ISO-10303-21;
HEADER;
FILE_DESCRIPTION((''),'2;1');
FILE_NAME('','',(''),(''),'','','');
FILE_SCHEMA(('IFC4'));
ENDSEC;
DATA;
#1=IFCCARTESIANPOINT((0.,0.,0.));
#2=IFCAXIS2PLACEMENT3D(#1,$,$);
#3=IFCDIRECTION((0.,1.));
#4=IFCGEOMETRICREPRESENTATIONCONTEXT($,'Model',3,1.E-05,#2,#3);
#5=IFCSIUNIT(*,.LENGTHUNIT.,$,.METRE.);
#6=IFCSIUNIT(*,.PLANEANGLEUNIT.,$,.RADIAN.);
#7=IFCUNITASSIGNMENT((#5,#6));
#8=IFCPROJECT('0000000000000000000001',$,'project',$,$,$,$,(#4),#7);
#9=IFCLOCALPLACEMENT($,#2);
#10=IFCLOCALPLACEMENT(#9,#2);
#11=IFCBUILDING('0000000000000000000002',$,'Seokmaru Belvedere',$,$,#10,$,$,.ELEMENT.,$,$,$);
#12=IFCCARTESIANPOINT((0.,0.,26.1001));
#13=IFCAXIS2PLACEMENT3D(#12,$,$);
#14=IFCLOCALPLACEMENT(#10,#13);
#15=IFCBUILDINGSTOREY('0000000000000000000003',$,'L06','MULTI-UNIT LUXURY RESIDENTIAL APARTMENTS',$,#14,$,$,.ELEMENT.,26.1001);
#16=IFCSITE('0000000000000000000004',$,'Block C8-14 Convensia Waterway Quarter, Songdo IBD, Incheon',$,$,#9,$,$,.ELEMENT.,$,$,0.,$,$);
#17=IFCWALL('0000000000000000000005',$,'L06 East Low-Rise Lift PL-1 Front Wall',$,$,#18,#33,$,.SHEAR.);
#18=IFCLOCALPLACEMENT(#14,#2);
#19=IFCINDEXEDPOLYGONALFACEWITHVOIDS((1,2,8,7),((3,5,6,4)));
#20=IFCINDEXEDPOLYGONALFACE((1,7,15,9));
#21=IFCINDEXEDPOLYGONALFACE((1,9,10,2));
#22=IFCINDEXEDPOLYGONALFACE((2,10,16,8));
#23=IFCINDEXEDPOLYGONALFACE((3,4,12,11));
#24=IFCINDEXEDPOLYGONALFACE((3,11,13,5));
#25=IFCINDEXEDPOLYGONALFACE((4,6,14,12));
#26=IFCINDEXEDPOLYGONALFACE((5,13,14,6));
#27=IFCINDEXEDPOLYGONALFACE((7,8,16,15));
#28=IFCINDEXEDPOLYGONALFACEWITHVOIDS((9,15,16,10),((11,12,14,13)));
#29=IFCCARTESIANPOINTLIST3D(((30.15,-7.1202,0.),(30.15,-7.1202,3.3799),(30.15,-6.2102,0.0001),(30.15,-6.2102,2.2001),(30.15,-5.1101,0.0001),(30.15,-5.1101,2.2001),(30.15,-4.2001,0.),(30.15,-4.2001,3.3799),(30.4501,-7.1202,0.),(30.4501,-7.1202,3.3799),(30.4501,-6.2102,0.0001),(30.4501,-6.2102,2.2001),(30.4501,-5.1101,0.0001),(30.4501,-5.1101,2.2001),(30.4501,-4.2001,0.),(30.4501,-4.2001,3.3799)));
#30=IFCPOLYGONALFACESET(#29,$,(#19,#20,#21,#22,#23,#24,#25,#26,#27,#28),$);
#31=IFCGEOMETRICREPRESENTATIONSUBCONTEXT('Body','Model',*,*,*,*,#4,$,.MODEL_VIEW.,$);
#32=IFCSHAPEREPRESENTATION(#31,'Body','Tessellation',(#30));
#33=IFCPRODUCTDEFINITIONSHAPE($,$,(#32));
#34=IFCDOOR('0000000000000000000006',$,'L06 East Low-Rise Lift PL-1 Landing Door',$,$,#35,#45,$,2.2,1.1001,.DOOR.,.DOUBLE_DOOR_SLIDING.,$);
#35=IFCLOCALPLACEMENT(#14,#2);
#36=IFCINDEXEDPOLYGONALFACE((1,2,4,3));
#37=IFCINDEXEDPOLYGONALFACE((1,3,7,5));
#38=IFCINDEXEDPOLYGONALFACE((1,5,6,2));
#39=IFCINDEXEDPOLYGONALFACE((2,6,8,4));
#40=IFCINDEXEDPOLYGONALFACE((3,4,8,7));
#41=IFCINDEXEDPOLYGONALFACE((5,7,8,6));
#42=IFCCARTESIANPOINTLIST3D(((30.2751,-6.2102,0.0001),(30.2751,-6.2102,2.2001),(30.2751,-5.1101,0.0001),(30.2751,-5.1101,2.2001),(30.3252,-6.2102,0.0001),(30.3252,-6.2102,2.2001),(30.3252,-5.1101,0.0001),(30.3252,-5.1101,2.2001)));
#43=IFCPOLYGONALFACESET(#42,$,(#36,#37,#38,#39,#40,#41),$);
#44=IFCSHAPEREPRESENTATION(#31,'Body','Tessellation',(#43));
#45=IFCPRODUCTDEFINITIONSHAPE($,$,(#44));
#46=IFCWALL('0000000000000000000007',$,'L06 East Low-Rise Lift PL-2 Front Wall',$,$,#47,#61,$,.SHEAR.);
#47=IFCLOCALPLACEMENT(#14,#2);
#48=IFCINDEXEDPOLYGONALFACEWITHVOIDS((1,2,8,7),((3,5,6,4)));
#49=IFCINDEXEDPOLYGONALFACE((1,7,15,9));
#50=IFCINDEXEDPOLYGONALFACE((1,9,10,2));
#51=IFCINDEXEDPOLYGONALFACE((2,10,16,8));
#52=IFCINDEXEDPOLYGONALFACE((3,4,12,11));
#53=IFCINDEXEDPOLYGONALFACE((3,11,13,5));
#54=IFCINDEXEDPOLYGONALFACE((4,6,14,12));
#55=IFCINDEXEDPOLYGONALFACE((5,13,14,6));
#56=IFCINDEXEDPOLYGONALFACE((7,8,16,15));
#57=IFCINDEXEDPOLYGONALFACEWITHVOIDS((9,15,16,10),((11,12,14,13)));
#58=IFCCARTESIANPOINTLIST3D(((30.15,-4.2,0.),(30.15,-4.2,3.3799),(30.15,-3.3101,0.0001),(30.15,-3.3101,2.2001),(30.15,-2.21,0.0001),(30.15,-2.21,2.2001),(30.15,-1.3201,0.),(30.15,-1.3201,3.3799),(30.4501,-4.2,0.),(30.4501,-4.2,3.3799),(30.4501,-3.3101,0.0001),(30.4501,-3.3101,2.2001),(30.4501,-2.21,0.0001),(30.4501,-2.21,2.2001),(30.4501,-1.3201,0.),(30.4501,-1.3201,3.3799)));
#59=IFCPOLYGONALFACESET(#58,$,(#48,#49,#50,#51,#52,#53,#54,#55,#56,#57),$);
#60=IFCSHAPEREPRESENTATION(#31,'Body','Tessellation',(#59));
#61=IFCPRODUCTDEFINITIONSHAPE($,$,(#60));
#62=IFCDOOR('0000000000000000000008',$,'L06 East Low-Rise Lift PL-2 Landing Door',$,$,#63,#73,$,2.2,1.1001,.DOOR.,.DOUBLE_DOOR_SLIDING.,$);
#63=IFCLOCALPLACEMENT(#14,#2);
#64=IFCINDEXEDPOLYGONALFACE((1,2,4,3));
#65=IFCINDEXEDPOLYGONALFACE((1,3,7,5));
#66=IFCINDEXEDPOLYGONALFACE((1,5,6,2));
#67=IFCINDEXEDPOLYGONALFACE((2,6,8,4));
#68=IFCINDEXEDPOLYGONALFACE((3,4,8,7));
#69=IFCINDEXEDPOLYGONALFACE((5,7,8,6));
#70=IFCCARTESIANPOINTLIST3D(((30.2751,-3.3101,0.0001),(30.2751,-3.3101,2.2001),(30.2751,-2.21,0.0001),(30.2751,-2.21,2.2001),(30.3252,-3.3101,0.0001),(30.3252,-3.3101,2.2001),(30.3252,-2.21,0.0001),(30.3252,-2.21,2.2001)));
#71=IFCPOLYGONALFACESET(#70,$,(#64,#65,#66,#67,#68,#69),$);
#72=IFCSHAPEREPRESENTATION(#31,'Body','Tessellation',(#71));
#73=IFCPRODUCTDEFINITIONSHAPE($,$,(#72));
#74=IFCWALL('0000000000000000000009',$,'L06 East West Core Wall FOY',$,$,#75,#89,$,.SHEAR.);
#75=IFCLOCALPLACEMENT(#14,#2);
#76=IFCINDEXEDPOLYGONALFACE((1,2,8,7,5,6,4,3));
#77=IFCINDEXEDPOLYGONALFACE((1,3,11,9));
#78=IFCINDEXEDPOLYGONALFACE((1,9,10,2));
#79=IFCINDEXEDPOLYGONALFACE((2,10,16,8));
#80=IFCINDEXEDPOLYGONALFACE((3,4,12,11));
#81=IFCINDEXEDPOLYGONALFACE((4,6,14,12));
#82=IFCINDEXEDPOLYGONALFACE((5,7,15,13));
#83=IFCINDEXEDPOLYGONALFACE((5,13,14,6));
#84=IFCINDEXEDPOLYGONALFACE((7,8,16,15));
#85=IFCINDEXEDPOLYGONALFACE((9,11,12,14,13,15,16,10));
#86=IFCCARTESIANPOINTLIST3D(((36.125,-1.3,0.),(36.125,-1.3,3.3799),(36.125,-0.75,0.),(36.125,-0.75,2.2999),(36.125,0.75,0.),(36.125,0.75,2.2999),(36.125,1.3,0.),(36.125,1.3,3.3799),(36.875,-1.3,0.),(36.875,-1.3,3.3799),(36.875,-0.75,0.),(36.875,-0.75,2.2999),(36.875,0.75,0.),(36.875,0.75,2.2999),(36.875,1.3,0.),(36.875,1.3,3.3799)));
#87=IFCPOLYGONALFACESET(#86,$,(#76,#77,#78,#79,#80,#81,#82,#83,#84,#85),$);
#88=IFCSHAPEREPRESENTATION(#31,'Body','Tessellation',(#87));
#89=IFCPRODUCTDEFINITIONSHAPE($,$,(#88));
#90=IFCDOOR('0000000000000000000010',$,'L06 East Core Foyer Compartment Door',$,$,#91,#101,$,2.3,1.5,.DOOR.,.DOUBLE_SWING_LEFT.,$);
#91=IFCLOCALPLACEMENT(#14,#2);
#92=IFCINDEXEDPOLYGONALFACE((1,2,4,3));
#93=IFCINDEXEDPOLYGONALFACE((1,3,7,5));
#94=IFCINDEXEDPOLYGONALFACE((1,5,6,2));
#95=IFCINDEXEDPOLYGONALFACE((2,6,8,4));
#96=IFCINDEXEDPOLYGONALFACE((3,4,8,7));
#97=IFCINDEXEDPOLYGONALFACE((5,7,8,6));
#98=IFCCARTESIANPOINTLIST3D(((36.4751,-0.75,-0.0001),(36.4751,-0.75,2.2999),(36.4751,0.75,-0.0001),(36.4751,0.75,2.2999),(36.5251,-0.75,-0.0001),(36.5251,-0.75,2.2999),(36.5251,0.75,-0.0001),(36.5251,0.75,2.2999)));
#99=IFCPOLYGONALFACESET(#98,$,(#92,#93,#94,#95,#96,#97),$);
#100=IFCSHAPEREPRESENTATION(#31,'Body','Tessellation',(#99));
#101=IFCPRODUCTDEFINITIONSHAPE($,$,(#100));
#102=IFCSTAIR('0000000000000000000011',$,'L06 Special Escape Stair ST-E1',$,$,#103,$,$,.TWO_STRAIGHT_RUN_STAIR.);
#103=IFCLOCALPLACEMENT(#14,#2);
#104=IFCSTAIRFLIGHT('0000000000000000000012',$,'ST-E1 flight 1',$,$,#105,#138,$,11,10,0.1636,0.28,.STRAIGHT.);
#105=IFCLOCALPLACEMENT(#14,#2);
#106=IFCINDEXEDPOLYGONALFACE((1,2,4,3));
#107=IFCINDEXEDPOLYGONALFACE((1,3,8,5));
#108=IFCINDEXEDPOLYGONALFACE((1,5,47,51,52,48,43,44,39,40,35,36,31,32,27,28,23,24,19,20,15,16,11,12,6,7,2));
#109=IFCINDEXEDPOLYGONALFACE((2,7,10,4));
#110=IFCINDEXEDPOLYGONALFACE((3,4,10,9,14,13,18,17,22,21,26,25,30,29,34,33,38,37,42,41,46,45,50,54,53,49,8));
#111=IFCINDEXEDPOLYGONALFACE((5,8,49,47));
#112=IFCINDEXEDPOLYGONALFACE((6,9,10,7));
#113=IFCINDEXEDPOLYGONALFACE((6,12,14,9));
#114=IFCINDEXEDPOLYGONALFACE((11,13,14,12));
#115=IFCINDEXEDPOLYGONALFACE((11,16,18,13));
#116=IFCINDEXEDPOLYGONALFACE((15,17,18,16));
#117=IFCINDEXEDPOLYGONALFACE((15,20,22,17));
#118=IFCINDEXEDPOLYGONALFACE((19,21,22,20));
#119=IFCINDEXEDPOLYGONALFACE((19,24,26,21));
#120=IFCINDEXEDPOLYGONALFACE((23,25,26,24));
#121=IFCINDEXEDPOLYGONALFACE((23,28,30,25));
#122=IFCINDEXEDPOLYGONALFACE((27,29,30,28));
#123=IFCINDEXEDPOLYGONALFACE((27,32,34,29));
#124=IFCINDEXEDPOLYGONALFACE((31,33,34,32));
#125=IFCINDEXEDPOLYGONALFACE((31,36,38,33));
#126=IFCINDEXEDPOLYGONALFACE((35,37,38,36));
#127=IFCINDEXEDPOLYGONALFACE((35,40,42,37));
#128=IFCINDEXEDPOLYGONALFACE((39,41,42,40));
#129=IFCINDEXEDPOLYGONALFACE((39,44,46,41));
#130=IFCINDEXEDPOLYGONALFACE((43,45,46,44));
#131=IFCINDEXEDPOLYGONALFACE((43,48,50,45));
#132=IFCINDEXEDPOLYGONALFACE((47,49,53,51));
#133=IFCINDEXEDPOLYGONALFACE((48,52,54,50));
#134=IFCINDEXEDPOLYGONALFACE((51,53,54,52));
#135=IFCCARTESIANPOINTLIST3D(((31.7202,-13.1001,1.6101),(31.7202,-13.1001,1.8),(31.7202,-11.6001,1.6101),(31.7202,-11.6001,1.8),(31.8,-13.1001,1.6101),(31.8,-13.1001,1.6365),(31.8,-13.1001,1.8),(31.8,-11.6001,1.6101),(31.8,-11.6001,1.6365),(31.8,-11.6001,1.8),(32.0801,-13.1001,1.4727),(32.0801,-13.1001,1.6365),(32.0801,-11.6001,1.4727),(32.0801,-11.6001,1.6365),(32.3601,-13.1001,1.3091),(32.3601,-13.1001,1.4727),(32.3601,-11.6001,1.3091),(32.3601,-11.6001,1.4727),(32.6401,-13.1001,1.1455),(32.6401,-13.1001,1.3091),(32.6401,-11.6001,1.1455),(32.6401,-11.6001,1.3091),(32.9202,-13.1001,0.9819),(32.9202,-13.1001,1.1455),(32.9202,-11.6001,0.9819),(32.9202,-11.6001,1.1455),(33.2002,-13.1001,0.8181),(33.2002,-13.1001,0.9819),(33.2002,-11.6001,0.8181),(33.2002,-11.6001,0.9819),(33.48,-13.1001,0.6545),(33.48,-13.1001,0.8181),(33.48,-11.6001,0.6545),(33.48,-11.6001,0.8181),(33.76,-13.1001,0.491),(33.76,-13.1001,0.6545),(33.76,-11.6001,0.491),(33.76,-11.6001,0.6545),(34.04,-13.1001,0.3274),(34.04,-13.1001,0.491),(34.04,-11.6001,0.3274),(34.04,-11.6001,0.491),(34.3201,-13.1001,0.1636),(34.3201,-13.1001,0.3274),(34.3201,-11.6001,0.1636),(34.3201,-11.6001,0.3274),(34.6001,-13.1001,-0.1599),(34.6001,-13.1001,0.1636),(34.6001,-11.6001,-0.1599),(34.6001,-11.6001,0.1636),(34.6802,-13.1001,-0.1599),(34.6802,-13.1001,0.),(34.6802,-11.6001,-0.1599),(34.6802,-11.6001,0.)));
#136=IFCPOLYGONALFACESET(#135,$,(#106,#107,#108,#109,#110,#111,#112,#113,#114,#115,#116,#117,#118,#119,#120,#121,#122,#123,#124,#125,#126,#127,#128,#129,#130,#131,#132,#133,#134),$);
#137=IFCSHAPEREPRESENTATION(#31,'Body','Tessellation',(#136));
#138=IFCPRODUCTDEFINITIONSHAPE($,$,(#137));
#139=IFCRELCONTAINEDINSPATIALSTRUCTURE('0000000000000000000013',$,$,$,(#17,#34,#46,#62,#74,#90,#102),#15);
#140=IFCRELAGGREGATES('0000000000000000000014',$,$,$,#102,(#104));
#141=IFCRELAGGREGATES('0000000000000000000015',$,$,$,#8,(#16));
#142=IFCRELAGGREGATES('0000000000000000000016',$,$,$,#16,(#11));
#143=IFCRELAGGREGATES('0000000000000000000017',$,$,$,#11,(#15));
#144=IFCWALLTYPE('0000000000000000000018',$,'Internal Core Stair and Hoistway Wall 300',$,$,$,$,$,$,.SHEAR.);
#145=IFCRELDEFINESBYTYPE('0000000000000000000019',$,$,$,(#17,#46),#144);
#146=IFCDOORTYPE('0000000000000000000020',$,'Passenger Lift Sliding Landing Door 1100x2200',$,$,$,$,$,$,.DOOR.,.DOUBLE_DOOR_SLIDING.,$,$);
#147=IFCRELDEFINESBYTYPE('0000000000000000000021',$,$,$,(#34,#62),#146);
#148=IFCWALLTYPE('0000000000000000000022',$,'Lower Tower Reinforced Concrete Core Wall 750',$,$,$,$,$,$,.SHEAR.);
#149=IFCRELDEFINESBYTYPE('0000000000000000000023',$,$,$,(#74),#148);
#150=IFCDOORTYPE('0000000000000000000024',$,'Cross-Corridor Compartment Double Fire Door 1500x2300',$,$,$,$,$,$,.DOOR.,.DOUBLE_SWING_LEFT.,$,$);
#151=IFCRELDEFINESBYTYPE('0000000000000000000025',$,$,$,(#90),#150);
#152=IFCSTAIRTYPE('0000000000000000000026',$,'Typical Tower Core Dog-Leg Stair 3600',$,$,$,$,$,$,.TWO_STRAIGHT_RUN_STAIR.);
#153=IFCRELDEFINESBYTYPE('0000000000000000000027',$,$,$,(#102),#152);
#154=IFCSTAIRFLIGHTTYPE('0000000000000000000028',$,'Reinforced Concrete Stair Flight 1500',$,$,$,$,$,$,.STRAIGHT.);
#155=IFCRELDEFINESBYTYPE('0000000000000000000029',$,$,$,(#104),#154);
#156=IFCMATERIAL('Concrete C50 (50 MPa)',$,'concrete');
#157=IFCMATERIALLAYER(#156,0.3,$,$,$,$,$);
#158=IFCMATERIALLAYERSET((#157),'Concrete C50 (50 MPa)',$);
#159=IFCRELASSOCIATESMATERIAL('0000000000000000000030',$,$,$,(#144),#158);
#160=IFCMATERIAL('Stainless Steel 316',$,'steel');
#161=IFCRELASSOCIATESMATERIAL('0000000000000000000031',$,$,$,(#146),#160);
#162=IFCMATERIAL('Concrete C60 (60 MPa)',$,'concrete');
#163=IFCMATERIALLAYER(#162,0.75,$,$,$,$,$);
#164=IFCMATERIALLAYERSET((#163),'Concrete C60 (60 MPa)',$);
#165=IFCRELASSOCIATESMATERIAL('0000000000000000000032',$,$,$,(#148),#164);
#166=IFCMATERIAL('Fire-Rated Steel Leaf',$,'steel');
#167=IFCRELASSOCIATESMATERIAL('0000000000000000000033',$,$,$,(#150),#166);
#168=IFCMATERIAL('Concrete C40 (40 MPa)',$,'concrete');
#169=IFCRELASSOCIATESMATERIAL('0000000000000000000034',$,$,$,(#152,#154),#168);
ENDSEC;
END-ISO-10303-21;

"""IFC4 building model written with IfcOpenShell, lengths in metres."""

from ifc_helpers import new_model, si_unit, direction, frame, frame_2d, origin, place, context, subcontext, project, spatial, polyline, rectangle, outline, extrude, source, transform, mapped, material, layer, layer_set, type_object, type_shapes, element, fill, aggregate, save


model = new_model("IFC4")

# Units and contexts
model_context = context("Model", 3, precision=1e-05, world=origin(), true_north=direction((0.0, 1.0)))
body_context = subcontext(model_context, "Body", "Model", "MODEL_VIEW")
ifc_project = project(units=[si_unit("LENGTHUNIT", "METRE"), si_unit("PLANEANGLEUNIT", "RADIAN")], contexts=[model_context])

# Site, building, storey
site_placement = place(None, origin())
site = spatial("IfcSite", under=ifc_project, at=site_placement, Name="Block C8-14 Convensia Waterway Quarter, Songdo IBD, Incheon", CompositionType="ELEMENT", RefElevation=0.0)
building_placement = place(site_placement, origin())
building = spatial("IfcBuilding", under=site, at=building_placement, Name="Seokmaru Belvedere", CompositionType="ELEMENT")
storey_placement = place(building_placement, frame((0.0, 0.0, 26.1001)))
storey = spatial("IfcBuildingStorey", under=building, at=storey_placement, Name="L06", Description="MULTI-UNIT LUXURY RESIDENTIAL APARTMENTS", CompositionType="ELEMENT", Elevation=26.1001)

# Shared definitions
ifc_material_1 = material(Name="Fire-Rated Steel Leaf", Category="steel")

# Walls, openings, doors
ifc_material_2 = material(Name="Concrete C50 (50 MPa)", Category="concrete")
ifc_layer_1 = layer(ifc_material_2, 0.3)
ifc_layer_set_1 = layer_set([ifc_layer_1], Name="Concrete C50 (50 MPa)")
wall_type_1 = type_object("IfcWallType", Name="Internal Core Stair and Hoistway Wall 300", PredefinedType="SHEAR", material=ifc_layer_set_1)
ifc_material_3 = material(Name="Stainless Steel 316", Category="steel")
wall_1_placement = place(storey_placement, frame((30.3, -7.1201, 0.0), z_axis=(0.0, 0.0, 1.0), x_axis=(0.0, 1.0, 0.0)))
wall_1 = element("IfcWall", 1, at=wall_1_placement, inside=storey, type_object=wall_type_1, Name="L06 East Low-Rise Lift PL-1 Front Wall", PredefinedType="SHEAR", context=body_context, shape_type="SweptSolid", body=[
    extrude(rectangle(XDim=2.9202, YDim=0.3, at=frame_2d((1.46, 0.0))), origin(), (0.0, 0.0, 1.0), 3.3799),
])
opening_1_placement = place(wall_1_placement, frame((0.9099, 0.0, 0.0)))
opening_1 = element("IfcOpeningElement", 2, at=opening_1_placement, cuts=wall_1, PredefinedType="OPENING", context=body_context, shape_type="SweptSolid", body=[
    extrude(rectangle(XDim=1.1001, YDim=2.2, at=frame_2d((0.55, 1.1001))), frame((0.0, 0.1602, 0.0), z_axis=(0.0, -1.0, 0.0), x_axis=(1.0, 0.0, 0.0)), (0.0, 0.0, 1.0), 0.3201),
])
door_type_1 = type_object("IfcDoorType", Name="Passenger Lift Sliding Landing Door 1100x2200", OperationType="DOUBLE_DOOR_SLIDING", PredefinedType="DOOR", material=ifc_material_3)
shared_shape_1 = source(origin(), body_context, "Body", "SweptSolid", [
    extrude(rectangle(XDim=1.1001, YDim=2.2, at=frame_2d((0.55, 1.1001))), frame((0.0, 0.0249, 0.0), z_axis=(0.0, -1.0, 0.0), x_axis=(1.0, 0.0, 0.0)), (0.0, 0.0, 1.0), 0.05),
])
type_shapes(door_type_1, [shared_shape_1])
door_1_placement = place(opening_1_placement, origin())
door_1 = element("IfcDoor", 3, at=door_1_placement, inside=storey, type_object=door_type_1, Name="L06 East Low-Rise Lift PL-1 Landing Door", OperationType="DOUBLE_DOOR_SLIDING", OverallHeight=2.2, OverallWidth=1.1001, PredefinedType="DOOR", context=body_context, shape_type="MappedRepresentation", body=[
    mapped(shared_shape_1, transform((0.0, 0.0, 0.0), scale=1.0)),
])
fill(opening_1, door_1)
wall_2_placement = place(storey_placement, frame((30.3, -4.2, 0.0), z_axis=(0.0, 0.0, 1.0), x_axis=(0.0, 1.0, 0.0)))
wall_2 = element("IfcWall", 4, at=wall_2_placement, inside=storey, type_object=wall_type_1, Name="L06 East Low-Rise Lift PL-2 Front Wall", PredefinedType="SHEAR", context=body_context, shape_type="SweptSolid", body=[
    extrude(rectangle(XDim=2.8799, YDim=0.3, at=frame_2d((1.4399, 0.0))), origin(), (0.0, 0.0, 1.0), 3.3799),
])
opening_2_placement = place(wall_2_placement, frame((0.8899, 0.0, 0.0)))
opening_2 = element("IfcOpeningElement", 5, at=opening_2_placement, cuts=wall_2, PredefinedType="OPENING", context=body_context, shape_type="SweptSolid", body=[
    extrude(rectangle(XDim=1.1001, YDim=2.2, at=frame_2d((0.55, 1.1001))), frame((0.0, 0.1602, 0.0), z_axis=(0.0, -1.0, 0.0), x_axis=(1.0, 0.0, 0.0)), (0.0, 0.0, 1.0), 0.3201),
])
door_2_placement = place(opening_2_placement, origin())
door_2 = element("IfcDoor", 6, at=door_2_placement, inside=storey, type_object=door_type_1, Name="L06 East Low-Rise Lift PL-2 Landing Door", OperationType="DOUBLE_DOOR_SLIDING", OverallHeight=2.2, OverallWidth=1.1001, PredefinedType="DOOR", context=body_context, shape_type="MappedRepresentation", body=[
    mapped(shared_shape_1, transform((0.0, 0.0, 0.0), scale=1.0)),
])
fill(opening_2, door_2)
ifc_material_4 = material(Name="Concrete C60 (60 MPa)", Category="concrete")
ifc_layer_2 = layer(ifc_material_4, 0.75)
ifc_layer_set_2 = layer_set([ifc_layer_2], Name="Concrete C60 (60 MPa)")
wall_type_2 = type_object("IfcWallType", Name="Lower Tower Reinforced Concrete Core Wall 750", PredefinedType="SHEAR", material=ifc_layer_set_2)
wall_3_placement = place(storey_placement, frame((36.5, -1.3, 0.0), z_axis=(0.0, 0.0, 1.0), x_axis=(0.0, 1.0, 0.0)))
wall_3 = element("IfcWall", 7, at=wall_3_placement, inside=storey, type_object=wall_type_2, Name="L06 East West Core Wall FOY", PredefinedType="SHEAR", context=body_context, shape_type="SweptSolid", body=[
    extrude(rectangle(XDim=2.6001, YDim=0.75, at=frame_2d((1.3, 0.0))), origin(), (0.0, 0.0, 1.0), 3.3799),
])
opening_3_placement = place(wall_3_placement, frame((0.55, 0.0, 0.0)))
opening_3 = element("IfcOpeningElement", 8, at=opening_3_placement, cuts=wall_3, PredefinedType="OPENING", context=body_context, shape_type="SweptSolid", body=[
    extrude(rectangle(XDim=1.5, YDim=2.3, at=frame_2d((0.75, 1.1499))), frame((0.0, 0.385, 0.0), z_axis=(0.0, -1.0, 0.0), x_axis=(1.0, 0.0, 0.0)), (0.0, 0.0, 1.0), 0.77),
])
door_type_2 = type_object("IfcDoorType", Name="Cross-Corridor Compartment Double Fire Door 1500x2300", OperationType="DOUBLE_SWING_LEFT", PredefinedType="DOOR", material=ifc_material_1)
shared_shape_2 = source(origin(), body_context, "Body", "SweptSolid", [
    extrude(rectangle(XDim=1.5, YDim=2.3, at=frame_2d((0.75, 1.1499))), frame((0.0, 0.0249, 0.0), z_axis=(0.0, -1.0, 0.0), x_axis=(1.0, 0.0, 0.0)), (0.0, 0.0, 1.0), 0.05),
])
type_shapes(door_type_2, [shared_shape_2])
door_3_placement = place(opening_3_placement, origin())
door_3 = element("IfcDoor", 9, at=door_3_placement, inside=storey, type_object=door_type_2, Name="L06 East Core Foyer Compartment Door", OperationType="DOUBLE_SWING_LEFT", OverallHeight=2.3, OverallWidth=1.5, PredefinedType="DOOR", context=body_context, shape_type="MappedRepresentation", body=[
    mapped(shared_shape_2, transform((0.0, 0.0, 0.0), scale=1.0)),
])
fill(opening_3, door_3)

# Stair, stair flight
ifc_material_5 = material(Name="Concrete C40 (40 MPa)", Category="concrete")
stair_type = type_object("IfcStairType", Name="Typical Tower Core Dog-Leg Stair 3600", PredefinedType="TWO_STRAIGHT_RUN_STAIR", material=ifc_material_5)
stair_placement = place(storey_placement, origin())
stair = element("IfcStair", 10, at=stair_placement, inside=storey, type_object=stair_type, Name="L06 Special Escape Stair ST-E1", PredefinedType="TWO_STRAIGHT_RUN_STAIR")
stair_flight_type = type_object("IfcStairFlightType", Name="Reinforced Concrete Stair Flight 1500", PredefinedType="STRAIGHT", material=ifc_material_5)
stair_flight_1_placement = place(storey_placement, frame((34.6001, -12.3501, 0.0), z_axis=(0.0, 0.0, 1.0), x_axis=(-1.0, 0.0, 0.0)))
stair_flight_1 = element("IfcStairFlight", 11, at=stair_flight_1_placement, type_object=stair_flight_type, Name="ST-E1 flight 1", NumberOfRisers=11, NumberOfTreads=10, PredefinedType="STRAIGHT", RiserHeight=0.1636, TreadLength=0.28, context=body_context, shape_type="SweptSolid", body=[
    extrude(outline(polyline([(-0.0801, 0.0), (0.0, 0.1636), (0.28, 0.1636), (0.28, 0.3274), (0.5601, 0.3274), (0.5601, 0.491), (0.8401, 0.491), (0.8401, 0.6545), (1.1201, 0.6545), (1.1201, 0.8181), (1.3999, 0.8181), (1.3999, 0.9819), (1.6799, 0.9819), (1.6799, 1.1455), (1.96, 1.1455), (1.96, 1.3091), (2.24, 1.3091), (2.24, 1.4727), (2.52, 1.4727), (2.52, 1.6365), (2.8, 1.6365), (2.8, 1.8), (2.8799, 1.8), (2.8799, 1.6101), (2.8, 1.6101), (0.0, -0.1599), (-0.0801, -0.1599), (-0.0801, 0.0)])), frame((0.0, 0.75, 0.0), z_axis=(0.0, -1.0, 0.0), x_axis=(1.0, 0.0, 0.0)), (0.0, 0.0, 1.0), 1.5),
])
aggregate(stair, [stair_flight_1])

save(model, "model.ifc")
